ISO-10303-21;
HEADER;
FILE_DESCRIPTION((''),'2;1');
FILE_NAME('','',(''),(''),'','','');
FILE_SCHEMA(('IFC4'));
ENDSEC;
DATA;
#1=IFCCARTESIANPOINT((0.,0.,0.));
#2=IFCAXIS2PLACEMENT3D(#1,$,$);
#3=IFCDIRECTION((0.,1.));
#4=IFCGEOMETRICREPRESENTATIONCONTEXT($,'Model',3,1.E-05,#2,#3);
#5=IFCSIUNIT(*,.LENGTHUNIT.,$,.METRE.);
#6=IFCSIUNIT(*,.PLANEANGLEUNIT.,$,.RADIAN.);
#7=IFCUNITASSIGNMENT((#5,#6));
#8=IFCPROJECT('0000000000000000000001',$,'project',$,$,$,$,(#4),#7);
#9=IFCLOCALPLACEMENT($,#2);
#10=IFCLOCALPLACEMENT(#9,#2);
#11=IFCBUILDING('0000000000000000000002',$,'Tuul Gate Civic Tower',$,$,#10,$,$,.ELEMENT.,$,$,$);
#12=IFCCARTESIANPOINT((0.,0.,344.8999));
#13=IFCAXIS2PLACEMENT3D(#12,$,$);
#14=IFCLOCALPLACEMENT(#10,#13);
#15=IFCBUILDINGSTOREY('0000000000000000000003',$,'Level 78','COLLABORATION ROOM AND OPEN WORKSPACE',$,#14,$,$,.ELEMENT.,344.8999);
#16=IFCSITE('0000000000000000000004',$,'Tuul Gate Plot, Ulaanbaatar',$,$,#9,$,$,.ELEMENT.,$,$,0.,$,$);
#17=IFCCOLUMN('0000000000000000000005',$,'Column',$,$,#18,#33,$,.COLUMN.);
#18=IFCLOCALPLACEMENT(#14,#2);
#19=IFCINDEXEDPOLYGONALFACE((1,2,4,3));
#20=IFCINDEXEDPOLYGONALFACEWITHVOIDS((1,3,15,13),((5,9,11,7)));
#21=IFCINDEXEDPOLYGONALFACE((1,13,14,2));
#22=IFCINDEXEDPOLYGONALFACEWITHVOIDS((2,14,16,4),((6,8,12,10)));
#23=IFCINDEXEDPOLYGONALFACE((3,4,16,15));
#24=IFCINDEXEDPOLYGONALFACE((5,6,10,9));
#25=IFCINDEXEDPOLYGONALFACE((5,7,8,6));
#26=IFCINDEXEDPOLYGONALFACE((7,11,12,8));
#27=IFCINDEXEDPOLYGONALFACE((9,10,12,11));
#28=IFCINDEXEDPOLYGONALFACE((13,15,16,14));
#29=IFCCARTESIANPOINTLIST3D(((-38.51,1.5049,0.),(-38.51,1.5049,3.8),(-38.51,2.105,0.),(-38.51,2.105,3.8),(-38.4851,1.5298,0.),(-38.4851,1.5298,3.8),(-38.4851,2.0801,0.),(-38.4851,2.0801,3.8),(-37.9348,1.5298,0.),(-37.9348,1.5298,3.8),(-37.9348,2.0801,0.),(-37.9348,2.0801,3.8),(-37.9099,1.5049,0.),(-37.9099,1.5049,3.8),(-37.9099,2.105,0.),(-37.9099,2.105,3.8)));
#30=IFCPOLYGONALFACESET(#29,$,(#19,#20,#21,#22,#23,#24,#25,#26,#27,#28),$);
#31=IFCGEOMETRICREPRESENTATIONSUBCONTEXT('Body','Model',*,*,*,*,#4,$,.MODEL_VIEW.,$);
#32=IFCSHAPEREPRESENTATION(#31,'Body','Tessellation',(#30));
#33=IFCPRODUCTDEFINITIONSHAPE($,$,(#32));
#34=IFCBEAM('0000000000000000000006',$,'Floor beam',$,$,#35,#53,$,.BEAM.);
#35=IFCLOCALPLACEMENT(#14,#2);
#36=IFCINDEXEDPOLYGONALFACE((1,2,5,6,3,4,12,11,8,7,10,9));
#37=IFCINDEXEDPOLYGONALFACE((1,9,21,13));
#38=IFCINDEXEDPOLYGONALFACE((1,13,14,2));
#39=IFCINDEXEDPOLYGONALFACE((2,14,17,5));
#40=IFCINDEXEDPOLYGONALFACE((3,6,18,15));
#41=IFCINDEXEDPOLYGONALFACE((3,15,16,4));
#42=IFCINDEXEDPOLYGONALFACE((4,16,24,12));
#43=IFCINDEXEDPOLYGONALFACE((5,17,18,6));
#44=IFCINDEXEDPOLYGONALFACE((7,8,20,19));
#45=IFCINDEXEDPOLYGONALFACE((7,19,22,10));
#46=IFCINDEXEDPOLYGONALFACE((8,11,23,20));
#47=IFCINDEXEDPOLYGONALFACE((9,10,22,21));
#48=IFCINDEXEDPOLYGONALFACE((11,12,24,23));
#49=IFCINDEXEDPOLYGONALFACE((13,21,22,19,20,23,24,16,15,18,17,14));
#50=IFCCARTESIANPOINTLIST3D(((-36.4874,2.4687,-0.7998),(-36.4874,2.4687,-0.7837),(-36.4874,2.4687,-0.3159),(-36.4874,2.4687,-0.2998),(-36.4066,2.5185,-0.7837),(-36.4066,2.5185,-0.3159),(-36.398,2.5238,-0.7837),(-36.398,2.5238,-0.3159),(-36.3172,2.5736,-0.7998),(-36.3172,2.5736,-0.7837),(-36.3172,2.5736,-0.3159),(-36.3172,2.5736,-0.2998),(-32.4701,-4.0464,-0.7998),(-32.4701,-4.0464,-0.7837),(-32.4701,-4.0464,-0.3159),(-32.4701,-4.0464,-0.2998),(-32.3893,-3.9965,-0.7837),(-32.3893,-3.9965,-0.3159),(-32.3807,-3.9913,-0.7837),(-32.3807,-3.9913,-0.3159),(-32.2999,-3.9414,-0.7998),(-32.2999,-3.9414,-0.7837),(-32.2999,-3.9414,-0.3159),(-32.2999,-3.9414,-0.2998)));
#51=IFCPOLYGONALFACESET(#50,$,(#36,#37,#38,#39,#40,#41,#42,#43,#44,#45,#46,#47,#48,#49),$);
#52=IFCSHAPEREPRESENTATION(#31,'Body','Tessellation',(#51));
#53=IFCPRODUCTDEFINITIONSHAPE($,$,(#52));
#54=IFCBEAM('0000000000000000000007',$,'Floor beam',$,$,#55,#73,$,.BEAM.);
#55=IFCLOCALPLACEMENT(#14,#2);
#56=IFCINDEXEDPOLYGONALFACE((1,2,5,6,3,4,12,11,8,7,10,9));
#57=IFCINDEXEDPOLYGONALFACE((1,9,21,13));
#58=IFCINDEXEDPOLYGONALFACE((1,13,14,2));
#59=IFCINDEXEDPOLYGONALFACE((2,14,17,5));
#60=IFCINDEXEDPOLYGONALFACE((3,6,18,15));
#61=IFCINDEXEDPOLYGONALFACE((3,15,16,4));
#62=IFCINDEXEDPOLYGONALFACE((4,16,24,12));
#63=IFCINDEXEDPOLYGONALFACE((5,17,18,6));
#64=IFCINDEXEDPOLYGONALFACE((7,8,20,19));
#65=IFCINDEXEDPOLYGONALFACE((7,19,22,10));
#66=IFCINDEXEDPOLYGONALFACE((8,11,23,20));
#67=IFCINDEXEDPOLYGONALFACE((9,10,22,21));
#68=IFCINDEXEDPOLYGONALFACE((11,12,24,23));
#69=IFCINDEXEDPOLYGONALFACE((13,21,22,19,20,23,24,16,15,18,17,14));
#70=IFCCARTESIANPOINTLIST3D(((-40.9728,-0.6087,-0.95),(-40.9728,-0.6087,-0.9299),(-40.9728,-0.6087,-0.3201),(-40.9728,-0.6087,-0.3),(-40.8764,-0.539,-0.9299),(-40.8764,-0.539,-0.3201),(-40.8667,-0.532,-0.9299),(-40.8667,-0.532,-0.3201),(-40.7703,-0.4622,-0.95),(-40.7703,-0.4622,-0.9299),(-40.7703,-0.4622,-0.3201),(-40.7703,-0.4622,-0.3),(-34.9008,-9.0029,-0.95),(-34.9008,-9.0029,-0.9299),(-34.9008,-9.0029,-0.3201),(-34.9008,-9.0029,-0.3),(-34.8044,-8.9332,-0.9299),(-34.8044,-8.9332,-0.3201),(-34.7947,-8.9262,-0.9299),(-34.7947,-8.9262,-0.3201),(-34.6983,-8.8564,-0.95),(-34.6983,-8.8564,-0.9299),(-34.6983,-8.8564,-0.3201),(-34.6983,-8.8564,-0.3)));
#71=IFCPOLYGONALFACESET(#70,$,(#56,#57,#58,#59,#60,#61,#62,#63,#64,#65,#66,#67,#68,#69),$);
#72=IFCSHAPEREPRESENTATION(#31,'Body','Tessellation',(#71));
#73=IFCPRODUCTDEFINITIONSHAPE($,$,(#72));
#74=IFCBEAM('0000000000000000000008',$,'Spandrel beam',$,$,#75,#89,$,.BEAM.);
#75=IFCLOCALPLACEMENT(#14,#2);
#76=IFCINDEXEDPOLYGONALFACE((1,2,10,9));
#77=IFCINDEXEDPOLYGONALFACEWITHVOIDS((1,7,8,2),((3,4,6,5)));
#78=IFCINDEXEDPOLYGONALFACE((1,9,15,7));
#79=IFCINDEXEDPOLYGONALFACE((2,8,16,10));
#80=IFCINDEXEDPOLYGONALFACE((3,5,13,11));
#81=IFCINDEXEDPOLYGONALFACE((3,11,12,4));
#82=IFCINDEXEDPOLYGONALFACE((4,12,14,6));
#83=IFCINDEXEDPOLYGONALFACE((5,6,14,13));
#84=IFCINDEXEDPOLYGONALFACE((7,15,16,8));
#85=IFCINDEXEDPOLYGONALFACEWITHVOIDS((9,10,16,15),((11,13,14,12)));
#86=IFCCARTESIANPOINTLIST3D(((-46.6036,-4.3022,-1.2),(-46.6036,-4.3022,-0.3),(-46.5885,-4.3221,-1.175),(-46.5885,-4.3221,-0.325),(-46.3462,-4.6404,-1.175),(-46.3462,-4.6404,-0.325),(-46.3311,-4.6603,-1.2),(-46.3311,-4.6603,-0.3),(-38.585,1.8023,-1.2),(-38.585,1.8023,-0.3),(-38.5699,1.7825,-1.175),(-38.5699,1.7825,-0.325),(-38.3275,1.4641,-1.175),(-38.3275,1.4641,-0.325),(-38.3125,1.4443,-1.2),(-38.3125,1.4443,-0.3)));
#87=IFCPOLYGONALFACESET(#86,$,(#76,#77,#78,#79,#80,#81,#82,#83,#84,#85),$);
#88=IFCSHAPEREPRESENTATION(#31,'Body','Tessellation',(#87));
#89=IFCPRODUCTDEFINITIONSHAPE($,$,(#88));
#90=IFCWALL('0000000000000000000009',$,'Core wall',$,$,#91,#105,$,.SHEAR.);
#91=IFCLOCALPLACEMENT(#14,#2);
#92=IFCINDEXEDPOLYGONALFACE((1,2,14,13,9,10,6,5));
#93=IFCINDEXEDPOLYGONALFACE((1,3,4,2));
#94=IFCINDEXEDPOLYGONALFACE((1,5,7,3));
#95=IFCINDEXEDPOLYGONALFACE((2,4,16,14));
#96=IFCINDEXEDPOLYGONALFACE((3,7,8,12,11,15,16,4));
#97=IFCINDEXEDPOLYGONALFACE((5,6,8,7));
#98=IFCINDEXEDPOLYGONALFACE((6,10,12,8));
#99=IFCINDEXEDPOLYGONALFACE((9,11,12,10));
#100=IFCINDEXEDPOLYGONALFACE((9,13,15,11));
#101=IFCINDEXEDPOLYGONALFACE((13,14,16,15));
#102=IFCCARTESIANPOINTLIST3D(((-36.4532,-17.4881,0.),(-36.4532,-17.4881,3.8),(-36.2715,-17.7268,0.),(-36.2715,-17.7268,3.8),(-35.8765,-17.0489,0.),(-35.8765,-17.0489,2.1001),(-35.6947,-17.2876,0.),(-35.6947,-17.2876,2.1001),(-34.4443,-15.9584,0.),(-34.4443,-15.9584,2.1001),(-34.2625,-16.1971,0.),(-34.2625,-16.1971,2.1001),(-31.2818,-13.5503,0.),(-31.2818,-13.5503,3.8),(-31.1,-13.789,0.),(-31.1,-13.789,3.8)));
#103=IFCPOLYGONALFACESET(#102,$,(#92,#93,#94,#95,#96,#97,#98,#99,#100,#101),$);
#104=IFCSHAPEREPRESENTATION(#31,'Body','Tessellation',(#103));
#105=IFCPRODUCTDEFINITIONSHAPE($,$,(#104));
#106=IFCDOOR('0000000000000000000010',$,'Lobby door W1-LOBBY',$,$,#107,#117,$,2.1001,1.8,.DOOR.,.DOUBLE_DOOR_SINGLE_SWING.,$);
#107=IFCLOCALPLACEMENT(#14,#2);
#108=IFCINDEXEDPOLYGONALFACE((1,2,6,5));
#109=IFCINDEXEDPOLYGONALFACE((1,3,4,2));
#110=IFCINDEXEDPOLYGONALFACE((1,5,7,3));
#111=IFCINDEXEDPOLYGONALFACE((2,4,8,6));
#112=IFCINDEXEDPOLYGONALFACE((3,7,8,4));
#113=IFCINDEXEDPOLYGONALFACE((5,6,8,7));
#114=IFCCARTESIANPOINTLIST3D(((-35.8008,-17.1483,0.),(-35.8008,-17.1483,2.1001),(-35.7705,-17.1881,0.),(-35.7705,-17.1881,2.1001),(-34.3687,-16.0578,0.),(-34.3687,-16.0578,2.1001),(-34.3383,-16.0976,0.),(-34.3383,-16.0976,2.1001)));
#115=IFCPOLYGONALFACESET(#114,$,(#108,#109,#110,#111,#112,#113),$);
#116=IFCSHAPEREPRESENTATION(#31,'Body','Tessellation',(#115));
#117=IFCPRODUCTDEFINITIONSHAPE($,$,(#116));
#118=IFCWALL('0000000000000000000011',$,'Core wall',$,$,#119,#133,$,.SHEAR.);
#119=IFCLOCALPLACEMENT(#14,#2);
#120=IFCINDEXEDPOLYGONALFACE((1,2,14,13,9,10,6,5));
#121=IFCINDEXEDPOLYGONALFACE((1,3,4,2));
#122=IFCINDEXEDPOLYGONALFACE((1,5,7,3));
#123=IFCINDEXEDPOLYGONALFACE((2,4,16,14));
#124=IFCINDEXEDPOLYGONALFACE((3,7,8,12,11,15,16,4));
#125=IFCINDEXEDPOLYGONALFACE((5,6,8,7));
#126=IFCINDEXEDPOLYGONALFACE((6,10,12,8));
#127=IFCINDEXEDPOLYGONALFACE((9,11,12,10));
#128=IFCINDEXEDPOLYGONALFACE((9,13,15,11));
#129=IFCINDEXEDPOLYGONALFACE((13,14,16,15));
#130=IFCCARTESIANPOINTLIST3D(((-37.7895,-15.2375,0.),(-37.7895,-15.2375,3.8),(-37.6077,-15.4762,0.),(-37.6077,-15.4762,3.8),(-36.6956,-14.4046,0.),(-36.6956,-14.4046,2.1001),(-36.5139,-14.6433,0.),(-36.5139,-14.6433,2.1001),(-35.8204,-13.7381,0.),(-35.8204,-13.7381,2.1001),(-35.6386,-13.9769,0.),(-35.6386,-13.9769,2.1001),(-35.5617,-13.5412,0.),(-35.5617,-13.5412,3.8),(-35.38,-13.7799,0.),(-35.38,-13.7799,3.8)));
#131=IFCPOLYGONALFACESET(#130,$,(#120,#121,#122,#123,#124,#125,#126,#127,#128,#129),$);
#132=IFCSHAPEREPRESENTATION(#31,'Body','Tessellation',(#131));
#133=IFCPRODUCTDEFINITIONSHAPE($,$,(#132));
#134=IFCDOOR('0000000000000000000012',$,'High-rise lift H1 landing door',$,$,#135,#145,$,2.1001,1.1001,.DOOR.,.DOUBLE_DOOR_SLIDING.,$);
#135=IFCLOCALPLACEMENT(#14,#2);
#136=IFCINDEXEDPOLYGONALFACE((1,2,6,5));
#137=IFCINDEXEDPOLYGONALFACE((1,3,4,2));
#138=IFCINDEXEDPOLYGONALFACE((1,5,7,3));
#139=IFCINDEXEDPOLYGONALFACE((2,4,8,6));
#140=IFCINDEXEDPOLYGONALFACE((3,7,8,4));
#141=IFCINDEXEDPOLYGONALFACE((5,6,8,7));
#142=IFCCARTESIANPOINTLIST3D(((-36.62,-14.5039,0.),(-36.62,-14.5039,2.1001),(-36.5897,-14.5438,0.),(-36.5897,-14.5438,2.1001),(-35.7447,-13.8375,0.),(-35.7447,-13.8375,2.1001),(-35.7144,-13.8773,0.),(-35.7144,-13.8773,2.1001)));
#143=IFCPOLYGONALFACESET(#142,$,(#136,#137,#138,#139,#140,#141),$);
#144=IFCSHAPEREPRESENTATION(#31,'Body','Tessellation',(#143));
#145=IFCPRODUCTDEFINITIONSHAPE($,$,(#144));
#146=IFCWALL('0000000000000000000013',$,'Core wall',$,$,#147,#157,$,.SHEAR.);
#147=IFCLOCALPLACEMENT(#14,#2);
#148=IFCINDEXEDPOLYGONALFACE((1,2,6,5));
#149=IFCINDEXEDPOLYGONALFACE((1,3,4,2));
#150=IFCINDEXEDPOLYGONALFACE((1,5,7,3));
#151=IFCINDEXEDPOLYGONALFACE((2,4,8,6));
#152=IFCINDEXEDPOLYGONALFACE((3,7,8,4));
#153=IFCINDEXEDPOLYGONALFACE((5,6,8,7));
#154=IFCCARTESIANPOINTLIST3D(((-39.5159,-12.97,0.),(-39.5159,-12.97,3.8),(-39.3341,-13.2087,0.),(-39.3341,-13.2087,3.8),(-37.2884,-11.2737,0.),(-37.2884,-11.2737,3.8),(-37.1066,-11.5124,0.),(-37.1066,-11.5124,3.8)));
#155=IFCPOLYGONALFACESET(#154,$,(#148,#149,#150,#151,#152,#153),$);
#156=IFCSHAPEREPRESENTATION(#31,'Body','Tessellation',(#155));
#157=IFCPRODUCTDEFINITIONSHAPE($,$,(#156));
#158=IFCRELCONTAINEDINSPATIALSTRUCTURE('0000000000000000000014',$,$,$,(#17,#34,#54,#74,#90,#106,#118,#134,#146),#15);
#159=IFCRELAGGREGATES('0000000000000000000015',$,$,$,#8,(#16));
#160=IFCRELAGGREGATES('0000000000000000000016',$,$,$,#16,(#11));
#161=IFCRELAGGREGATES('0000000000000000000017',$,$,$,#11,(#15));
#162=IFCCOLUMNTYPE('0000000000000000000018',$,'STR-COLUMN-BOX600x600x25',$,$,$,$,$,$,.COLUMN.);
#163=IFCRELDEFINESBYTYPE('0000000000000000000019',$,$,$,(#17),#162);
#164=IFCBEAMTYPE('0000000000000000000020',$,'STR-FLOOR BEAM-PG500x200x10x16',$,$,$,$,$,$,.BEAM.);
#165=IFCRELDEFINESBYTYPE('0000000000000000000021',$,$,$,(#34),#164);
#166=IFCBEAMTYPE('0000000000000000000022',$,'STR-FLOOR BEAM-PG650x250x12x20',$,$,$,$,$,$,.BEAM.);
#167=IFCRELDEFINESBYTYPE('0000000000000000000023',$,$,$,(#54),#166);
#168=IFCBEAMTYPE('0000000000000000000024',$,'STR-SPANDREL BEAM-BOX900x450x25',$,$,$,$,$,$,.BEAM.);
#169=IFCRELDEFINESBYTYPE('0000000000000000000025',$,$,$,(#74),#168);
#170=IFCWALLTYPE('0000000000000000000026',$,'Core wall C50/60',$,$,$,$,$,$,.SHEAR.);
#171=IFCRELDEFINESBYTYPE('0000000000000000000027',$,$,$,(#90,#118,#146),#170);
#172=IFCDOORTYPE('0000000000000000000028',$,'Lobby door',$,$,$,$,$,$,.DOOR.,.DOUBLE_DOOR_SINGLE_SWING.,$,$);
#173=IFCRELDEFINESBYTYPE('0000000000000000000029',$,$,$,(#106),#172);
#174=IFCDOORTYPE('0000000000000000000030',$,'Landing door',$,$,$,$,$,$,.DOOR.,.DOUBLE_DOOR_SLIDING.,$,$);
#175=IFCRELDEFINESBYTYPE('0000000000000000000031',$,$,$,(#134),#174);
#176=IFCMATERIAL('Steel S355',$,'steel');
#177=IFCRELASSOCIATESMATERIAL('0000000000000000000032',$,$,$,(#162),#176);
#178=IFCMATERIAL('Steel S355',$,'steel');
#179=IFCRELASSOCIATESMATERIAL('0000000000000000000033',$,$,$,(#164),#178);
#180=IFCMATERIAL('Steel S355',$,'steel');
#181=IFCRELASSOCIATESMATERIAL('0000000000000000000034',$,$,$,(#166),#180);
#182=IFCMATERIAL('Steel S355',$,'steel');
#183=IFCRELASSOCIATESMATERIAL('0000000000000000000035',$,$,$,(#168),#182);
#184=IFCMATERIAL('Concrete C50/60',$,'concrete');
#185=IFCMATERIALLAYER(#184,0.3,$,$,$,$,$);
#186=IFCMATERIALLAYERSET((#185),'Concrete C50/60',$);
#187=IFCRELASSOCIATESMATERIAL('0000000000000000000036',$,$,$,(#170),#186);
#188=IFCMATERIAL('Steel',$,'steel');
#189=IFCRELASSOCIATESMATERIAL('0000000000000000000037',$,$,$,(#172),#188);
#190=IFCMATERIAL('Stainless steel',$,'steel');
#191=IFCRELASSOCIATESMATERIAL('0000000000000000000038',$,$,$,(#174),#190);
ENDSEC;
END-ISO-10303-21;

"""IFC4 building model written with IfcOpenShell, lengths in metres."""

from ifc_helpers import new_model, si_unit, direction, frame, frame_2d, origin, origin_2d, place, context, subcontext, project, spatial, rectangle, hollow_rectangle, i_section, extrude, material, layer, layer_set, material_profile, profile_set, type_object, element, fill, save


model = new_model("IFC4")

# Units and contexts
model_context = context("Model", 3, precision=1e-05, world=origin(), true_north=direction((0.0, 1.0)))
body_context = subcontext(model_context, "Body", "Model", "MODEL_VIEW")
ifc_project = project(units=[si_unit("LENGTHUNIT", "METRE"), si_unit("PLANEANGLEUNIT", "RADIAN")], contexts=[model_context])

# Site, building, storey
site_placement = place(None, origin())
site = spatial("IfcSite", under=ifc_project, at=site_placement, Name="Tuul Gate Plot, Ulaanbaatar", CompositionType="ELEMENT", RefElevation=0.0)
building_placement = place(site_placement, origin())
building = spatial("IfcBuilding", under=site, at=building_placement, Name="Tuul Gate Civic Tower", CompositionType="ELEMENT")
storey_placement = place(building_placement, frame((0.0, 0.0, 344.8999)))
storey = spatial("IfcBuildingStorey", under=building, at=storey_placement, Name="Level 78", Description="COLLABORATION ROOM AND OPEN WORKSPACE", CompositionType="ELEMENT", Elevation=344.8999)

# Column
ifc_material_1 = material(Name="Steel S355", Category="steel")
ifc_material_profile_1 = material_profile(ifc_material_1, hollow_rectangle(XDim=0.6001, YDim=0.6001, WallThickness=0.0249, at=origin_2d()), Name="BOX600x600x25")
ifc_profile_set_1 = profile_set([ifc_material_profile_1], Name="Steel S355")
column_type = type_object("IfcColumnType", Name="STR-COLUMN-BOX600x600x25", PredefinedType="COLUMN", material=ifc_profile_set_1)
column_placement = place(storey_placement, frame((-38.21, 1.8049, 0.0), z_axis=(0.0, 0.0, 1.0), x_axis=(1.0, 0.0, 0.0)))
element("IfcColumn", 1, at=column_placement, inside=storey, type_object=column_type, Name="Column", PredefinedType="COLUMN", context=body_context, shape_type="SweptSolid", body=[
    extrude(hollow_rectangle(XDim=0.6001, YDim=0.6001, WallThickness=0.0249, at=origin_2d()), origin(), (0.0, 0.0, 1.0), 3.8),
])

# Beams
ifc_material_2 = material(Name="Steel S355", Category="steel")
ifc_material_profile_2 = material_profile(ifc_material_2, i_section(OverallWidth=0.2, OverallDepth=0.5, WebThickness=0.01, FlangeThickness=0.0161, at=origin_2d()), Name="PG500x200x10x16")
ifc_profile_set_2 = profile_set([ifc_material_profile_2], Name="Steel S355")
beam_type_1 = type_object("IfcBeamType", Name="STR-FLOOR BEAM-PG500x200x10x16", PredefinedType="BEAM", material=ifc_profile_set_2)
beam_1_placement = place(storey_placement, frame((-32.385, -3.9939, -0.5498), z_axis=(-0.524857, 0.85119, 0.0), x_axis=(-0.85119, -0.524857, 0.0)))
element("IfcBeam", 2, at=beam_1_placement, inside=storey, type_object=beam_type_1, Name="Floor beam", PredefinedType="BEAM", context=body_context, shape_type="SweptSolid", body=[
    extrude(i_section(OverallWidth=0.2, OverallDepth=0.5, WebThickness=0.01, FlangeThickness=0.0161, at=origin_2d()), origin(), (0.0, 0.0, 1.0), 7.6541),
])
ifc_material_3 = material(Name="Steel S355", Category="steel")
ifc_material_profile_3 = material_profile(ifc_material_3, i_section(OverallWidth=0.25, OverallDepth=0.6499, WebThickness=0.012, FlangeThickness=0.02, at=origin_2d()), Name="PG650x250x12x20")
ifc_profile_set_3 = profile_set([ifc_material_profile_3], Name="Steel S355")
beam_type_2 = type_object("IfcBeamType", Name="STR-FLOOR BEAM-PG650x250x12x20", PredefinedType="BEAM", material=ifc_profile_set_3)
beam_2_placement = place(storey_placement, frame((-34.7996, -8.9297, -0.625), z_axis=(-0.586092, 0.810245, 0.0), x_axis=(-0.810245, -0.586092, 0.0)))
element("IfcBeam", 3, at=beam_2_placement, inside=storey, type_object=beam_type_2, Name="Floor beam", PredefinedType="BEAM", context=body_context, shape_type="SweptSolid", body=[
    extrude(i_section(OverallWidth=0.25, OverallDepth=0.6499, WebThickness=0.012, FlangeThickness=0.02, at=origin_2d()), origin(), (0.0, 0.0, 1.0), 10.3601),
])
ifc_material_4 = material(Name="Steel S355", Category="steel")
ifc_material_profile_4 = material_profile(ifc_material_4, hollow_rectangle(XDim=0.45, YDim=0.8999, WallThickness=0.0249, at=origin_2d()), Name="BOX900x450x25")
ifc_profile_set_4 = profile_set([ifc_material_profile_4], Name="Steel S355")
beam_type_3 = type_object("IfcBeamType", Name="STR-SPANDREL BEAM-BOX900x450x25", PredefinedType="BEAM", material=ifc_profile_set_4)
beam_3_placement = place(storey_placement, frame((-38.4487, 1.6233, -0.75), z_axis=(-0.795665, -0.605737, 0.0), x_axis=(0.605737, -0.795665, 0.0)))
element("IfcBeam", 4, at=beam_3_placement, inside=storey, type_object=beam_type_3, Name="Spandrel beam", PredefinedType="BEAM", context=body_context, shape_type="SweptSolid", body=[
    extrude(hollow_rectangle(XDim=0.45, YDim=0.8999, WallThickness=0.0249, at=origin_2d()), origin(), (0.0, 0.0, 1.0), 10.0779),
])

# Walls, openings, doors
ifc_material_5 = material(Name="Concrete C50/60", Category="concrete")
ifc_layer_1 = layer(ifc_material_5, 0.3)
ifc_layer_set_1 = layer_set([ifc_layer_1], Name="Concrete C50/60")
wall_type_1 = type_object("IfcWallType", Name="Core wall C50/60", PredefinedType="SHEAR", material=ifc_layer_set_1)
wall_1_placement = place(storey_placement, frame((-31.1909, -13.6697, 0.0), z_axis=(0.0, 0.0, 1.0), x_axis=(-0.795607, -0.605813, 0.0)))
wall_1 = element("IfcWall", 5, at=wall_1_placement, inside=storey, type_object=wall_type_1, Name="Core wall", PredefinedType="SHEAR", context=body_context, shape_type="SweptSolid", body=[
    extrude(rectangle(XDim=6.5, YDim=0.3, at=frame_2d((3.25, 0.0))), origin(), (0.0, 0.0, 1.0), 3.8),
])
opening_1_placement = place(wall_1_placement, frame((3.9751, 0.0, 0.0)))
opening_1 = element("IfcOpeningElement", 6, at=opening_1_placement, cuts=wall_1, PredefinedType="OPENING", context=body_context, shape_type="SweptSolid", body=[
    extrude(rectangle(XDim=1.8, YDim=2.1001, at=frame_2d((0.8999, 1.05))), frame((0.0, 0.1602, 0.0), z_axis=(0.0, -1.0, 0.0), x_axis=(1.0, 0.0, 0.0)), (0.0, 0.0, 1.0), 0.3201),
])
ifc_material_6 = material(Name="Steel", Category="steel")
door_type_1 = type_object("IfcDoorType", Name="Lobby door", OperationType="DOUBLE_DOOR_SINGLE_SWING", PredefinedType="DOOR", material=ifc_material_6)
door_1_placement = place(opening_1_placement, origin())
door_1 = element("IfcDoor", 7, at=door_1_placement, inside=storey, type_object=door_type_1, Name="Lobby door W1-LOBBY", OperationType="DOUBLE_DOOR_SINGLE_SWING", OverallHeight=2.1001, OverallWidth=1.8, PredefinedType="DOOR", context=body_context, shape_type="SweptSolid", body=[
    extrude(rectangle(XDim=1.8, YDim=2.1001, at=frame_2d((0.8999, 1.05))), frame((0.0, 0.0249, 0.0), z_axis=(0.0, -1.0, 0.0), x_axis=(1.0, 0.0, 0.0)), (0.0, 0.0, 1.0), 0.05),
])
fill(opening_1, door_1)
wall_2_placement = place(storey_placement, frame((-35.4709, -13.6606, 0.0), z_axis=(0.0, 0.0, 1.0), x_axis=(-0.795616, -0.605802, 0.0)))
wall_2 = element("IfcWall", 8, at=wall_2_placement, inside=storey, type_object=wall_type_1, Name="Core wall", PredefinedType="SHEAR", context=body_context, shape_type="SweptSolid", body=[
    extrude(rectangle(XDim=2.8, YDim=0.3, at=frame_2d((1.3999, 0.0))), origin(), (0.0, 0.0, 1.0), 3.8),
])
opening_2_placement = place(wall_2_placement, frame((0.325, 0.0, 0.0)))
opening_2 = element("IfcOpeningElement", 9, at=opening_2_placement, cuts=wall_2, PredefinedType="OPENING", context=body_context, shape_type="SweptSolid", body=[
    extrude(rectangle(XDim=1.1001, YDim=2.1001, at=frame_2d((0.55, 1.05))), frame((0.0, 0.1602, 0.0), z_axis=(0.0, -1.0, 0.0), x_axis=(1.0, 0.0, 0.0)), (0.0, 0.0, 1.0), 0.3201),
])
ifc_material_7 = material(Name="Stainless steel", Category="steel")
door_type_2 = type_object("IfcDoorType", Name="Landing door", OperationType="DOUBLE_DOOR_SLIDING", PredefinedType="DOOR", material=ifc_material_7)
door_2_placement = place(opening_2_placement, origin())
door_2 = element("IfcDoor", 10, at=door_2_placement, inside=storey, type_object=door_type_2, Name="High-rise lift H1 landing door", OperationType="DOUBLE_DOOR_SLIDING", OverallHeight=2.1001, OverallWidth=1.1001, PredefinedType="DOOR", context=body_context, shape_type="SweptSolid", body=[
    extrude(rectangle(XDim=1.1001, YDim=2.1001, at=frame_2d((0.55, 1.05))), frame((0.0, 0.0249, 0.0), z_axis=(0.0, -1.0, 0.0), x_axis=(1.0, 0.0, 0.0)), (0.0, 0.0, 1.0), 0.05),
])
fill(opening_2, door_2)

# Wall
wall_3_placement = place(storey_placement, frame((-37.1975, -11.3931, 0.0), z_axis=(0.0, 0.0, 1.0), x_axis=(-0.795584, -0.605844, 0.0)))
element("IfcWall", 11, at=wall_3_placement, inside=storey, type_object=wall_type_1, Name="Core wall", PredefinedType="SHEAR", context=body_context, shape_type="SweptSolid", body=[
    extrude(rectangle(XDim=2.7998, YDim=0.3, at=frame_2d((1.3999, 0.0))), origin(), (0.0, 0.0, 1.0), 3.8),
])

save(model, "model.ifc")
